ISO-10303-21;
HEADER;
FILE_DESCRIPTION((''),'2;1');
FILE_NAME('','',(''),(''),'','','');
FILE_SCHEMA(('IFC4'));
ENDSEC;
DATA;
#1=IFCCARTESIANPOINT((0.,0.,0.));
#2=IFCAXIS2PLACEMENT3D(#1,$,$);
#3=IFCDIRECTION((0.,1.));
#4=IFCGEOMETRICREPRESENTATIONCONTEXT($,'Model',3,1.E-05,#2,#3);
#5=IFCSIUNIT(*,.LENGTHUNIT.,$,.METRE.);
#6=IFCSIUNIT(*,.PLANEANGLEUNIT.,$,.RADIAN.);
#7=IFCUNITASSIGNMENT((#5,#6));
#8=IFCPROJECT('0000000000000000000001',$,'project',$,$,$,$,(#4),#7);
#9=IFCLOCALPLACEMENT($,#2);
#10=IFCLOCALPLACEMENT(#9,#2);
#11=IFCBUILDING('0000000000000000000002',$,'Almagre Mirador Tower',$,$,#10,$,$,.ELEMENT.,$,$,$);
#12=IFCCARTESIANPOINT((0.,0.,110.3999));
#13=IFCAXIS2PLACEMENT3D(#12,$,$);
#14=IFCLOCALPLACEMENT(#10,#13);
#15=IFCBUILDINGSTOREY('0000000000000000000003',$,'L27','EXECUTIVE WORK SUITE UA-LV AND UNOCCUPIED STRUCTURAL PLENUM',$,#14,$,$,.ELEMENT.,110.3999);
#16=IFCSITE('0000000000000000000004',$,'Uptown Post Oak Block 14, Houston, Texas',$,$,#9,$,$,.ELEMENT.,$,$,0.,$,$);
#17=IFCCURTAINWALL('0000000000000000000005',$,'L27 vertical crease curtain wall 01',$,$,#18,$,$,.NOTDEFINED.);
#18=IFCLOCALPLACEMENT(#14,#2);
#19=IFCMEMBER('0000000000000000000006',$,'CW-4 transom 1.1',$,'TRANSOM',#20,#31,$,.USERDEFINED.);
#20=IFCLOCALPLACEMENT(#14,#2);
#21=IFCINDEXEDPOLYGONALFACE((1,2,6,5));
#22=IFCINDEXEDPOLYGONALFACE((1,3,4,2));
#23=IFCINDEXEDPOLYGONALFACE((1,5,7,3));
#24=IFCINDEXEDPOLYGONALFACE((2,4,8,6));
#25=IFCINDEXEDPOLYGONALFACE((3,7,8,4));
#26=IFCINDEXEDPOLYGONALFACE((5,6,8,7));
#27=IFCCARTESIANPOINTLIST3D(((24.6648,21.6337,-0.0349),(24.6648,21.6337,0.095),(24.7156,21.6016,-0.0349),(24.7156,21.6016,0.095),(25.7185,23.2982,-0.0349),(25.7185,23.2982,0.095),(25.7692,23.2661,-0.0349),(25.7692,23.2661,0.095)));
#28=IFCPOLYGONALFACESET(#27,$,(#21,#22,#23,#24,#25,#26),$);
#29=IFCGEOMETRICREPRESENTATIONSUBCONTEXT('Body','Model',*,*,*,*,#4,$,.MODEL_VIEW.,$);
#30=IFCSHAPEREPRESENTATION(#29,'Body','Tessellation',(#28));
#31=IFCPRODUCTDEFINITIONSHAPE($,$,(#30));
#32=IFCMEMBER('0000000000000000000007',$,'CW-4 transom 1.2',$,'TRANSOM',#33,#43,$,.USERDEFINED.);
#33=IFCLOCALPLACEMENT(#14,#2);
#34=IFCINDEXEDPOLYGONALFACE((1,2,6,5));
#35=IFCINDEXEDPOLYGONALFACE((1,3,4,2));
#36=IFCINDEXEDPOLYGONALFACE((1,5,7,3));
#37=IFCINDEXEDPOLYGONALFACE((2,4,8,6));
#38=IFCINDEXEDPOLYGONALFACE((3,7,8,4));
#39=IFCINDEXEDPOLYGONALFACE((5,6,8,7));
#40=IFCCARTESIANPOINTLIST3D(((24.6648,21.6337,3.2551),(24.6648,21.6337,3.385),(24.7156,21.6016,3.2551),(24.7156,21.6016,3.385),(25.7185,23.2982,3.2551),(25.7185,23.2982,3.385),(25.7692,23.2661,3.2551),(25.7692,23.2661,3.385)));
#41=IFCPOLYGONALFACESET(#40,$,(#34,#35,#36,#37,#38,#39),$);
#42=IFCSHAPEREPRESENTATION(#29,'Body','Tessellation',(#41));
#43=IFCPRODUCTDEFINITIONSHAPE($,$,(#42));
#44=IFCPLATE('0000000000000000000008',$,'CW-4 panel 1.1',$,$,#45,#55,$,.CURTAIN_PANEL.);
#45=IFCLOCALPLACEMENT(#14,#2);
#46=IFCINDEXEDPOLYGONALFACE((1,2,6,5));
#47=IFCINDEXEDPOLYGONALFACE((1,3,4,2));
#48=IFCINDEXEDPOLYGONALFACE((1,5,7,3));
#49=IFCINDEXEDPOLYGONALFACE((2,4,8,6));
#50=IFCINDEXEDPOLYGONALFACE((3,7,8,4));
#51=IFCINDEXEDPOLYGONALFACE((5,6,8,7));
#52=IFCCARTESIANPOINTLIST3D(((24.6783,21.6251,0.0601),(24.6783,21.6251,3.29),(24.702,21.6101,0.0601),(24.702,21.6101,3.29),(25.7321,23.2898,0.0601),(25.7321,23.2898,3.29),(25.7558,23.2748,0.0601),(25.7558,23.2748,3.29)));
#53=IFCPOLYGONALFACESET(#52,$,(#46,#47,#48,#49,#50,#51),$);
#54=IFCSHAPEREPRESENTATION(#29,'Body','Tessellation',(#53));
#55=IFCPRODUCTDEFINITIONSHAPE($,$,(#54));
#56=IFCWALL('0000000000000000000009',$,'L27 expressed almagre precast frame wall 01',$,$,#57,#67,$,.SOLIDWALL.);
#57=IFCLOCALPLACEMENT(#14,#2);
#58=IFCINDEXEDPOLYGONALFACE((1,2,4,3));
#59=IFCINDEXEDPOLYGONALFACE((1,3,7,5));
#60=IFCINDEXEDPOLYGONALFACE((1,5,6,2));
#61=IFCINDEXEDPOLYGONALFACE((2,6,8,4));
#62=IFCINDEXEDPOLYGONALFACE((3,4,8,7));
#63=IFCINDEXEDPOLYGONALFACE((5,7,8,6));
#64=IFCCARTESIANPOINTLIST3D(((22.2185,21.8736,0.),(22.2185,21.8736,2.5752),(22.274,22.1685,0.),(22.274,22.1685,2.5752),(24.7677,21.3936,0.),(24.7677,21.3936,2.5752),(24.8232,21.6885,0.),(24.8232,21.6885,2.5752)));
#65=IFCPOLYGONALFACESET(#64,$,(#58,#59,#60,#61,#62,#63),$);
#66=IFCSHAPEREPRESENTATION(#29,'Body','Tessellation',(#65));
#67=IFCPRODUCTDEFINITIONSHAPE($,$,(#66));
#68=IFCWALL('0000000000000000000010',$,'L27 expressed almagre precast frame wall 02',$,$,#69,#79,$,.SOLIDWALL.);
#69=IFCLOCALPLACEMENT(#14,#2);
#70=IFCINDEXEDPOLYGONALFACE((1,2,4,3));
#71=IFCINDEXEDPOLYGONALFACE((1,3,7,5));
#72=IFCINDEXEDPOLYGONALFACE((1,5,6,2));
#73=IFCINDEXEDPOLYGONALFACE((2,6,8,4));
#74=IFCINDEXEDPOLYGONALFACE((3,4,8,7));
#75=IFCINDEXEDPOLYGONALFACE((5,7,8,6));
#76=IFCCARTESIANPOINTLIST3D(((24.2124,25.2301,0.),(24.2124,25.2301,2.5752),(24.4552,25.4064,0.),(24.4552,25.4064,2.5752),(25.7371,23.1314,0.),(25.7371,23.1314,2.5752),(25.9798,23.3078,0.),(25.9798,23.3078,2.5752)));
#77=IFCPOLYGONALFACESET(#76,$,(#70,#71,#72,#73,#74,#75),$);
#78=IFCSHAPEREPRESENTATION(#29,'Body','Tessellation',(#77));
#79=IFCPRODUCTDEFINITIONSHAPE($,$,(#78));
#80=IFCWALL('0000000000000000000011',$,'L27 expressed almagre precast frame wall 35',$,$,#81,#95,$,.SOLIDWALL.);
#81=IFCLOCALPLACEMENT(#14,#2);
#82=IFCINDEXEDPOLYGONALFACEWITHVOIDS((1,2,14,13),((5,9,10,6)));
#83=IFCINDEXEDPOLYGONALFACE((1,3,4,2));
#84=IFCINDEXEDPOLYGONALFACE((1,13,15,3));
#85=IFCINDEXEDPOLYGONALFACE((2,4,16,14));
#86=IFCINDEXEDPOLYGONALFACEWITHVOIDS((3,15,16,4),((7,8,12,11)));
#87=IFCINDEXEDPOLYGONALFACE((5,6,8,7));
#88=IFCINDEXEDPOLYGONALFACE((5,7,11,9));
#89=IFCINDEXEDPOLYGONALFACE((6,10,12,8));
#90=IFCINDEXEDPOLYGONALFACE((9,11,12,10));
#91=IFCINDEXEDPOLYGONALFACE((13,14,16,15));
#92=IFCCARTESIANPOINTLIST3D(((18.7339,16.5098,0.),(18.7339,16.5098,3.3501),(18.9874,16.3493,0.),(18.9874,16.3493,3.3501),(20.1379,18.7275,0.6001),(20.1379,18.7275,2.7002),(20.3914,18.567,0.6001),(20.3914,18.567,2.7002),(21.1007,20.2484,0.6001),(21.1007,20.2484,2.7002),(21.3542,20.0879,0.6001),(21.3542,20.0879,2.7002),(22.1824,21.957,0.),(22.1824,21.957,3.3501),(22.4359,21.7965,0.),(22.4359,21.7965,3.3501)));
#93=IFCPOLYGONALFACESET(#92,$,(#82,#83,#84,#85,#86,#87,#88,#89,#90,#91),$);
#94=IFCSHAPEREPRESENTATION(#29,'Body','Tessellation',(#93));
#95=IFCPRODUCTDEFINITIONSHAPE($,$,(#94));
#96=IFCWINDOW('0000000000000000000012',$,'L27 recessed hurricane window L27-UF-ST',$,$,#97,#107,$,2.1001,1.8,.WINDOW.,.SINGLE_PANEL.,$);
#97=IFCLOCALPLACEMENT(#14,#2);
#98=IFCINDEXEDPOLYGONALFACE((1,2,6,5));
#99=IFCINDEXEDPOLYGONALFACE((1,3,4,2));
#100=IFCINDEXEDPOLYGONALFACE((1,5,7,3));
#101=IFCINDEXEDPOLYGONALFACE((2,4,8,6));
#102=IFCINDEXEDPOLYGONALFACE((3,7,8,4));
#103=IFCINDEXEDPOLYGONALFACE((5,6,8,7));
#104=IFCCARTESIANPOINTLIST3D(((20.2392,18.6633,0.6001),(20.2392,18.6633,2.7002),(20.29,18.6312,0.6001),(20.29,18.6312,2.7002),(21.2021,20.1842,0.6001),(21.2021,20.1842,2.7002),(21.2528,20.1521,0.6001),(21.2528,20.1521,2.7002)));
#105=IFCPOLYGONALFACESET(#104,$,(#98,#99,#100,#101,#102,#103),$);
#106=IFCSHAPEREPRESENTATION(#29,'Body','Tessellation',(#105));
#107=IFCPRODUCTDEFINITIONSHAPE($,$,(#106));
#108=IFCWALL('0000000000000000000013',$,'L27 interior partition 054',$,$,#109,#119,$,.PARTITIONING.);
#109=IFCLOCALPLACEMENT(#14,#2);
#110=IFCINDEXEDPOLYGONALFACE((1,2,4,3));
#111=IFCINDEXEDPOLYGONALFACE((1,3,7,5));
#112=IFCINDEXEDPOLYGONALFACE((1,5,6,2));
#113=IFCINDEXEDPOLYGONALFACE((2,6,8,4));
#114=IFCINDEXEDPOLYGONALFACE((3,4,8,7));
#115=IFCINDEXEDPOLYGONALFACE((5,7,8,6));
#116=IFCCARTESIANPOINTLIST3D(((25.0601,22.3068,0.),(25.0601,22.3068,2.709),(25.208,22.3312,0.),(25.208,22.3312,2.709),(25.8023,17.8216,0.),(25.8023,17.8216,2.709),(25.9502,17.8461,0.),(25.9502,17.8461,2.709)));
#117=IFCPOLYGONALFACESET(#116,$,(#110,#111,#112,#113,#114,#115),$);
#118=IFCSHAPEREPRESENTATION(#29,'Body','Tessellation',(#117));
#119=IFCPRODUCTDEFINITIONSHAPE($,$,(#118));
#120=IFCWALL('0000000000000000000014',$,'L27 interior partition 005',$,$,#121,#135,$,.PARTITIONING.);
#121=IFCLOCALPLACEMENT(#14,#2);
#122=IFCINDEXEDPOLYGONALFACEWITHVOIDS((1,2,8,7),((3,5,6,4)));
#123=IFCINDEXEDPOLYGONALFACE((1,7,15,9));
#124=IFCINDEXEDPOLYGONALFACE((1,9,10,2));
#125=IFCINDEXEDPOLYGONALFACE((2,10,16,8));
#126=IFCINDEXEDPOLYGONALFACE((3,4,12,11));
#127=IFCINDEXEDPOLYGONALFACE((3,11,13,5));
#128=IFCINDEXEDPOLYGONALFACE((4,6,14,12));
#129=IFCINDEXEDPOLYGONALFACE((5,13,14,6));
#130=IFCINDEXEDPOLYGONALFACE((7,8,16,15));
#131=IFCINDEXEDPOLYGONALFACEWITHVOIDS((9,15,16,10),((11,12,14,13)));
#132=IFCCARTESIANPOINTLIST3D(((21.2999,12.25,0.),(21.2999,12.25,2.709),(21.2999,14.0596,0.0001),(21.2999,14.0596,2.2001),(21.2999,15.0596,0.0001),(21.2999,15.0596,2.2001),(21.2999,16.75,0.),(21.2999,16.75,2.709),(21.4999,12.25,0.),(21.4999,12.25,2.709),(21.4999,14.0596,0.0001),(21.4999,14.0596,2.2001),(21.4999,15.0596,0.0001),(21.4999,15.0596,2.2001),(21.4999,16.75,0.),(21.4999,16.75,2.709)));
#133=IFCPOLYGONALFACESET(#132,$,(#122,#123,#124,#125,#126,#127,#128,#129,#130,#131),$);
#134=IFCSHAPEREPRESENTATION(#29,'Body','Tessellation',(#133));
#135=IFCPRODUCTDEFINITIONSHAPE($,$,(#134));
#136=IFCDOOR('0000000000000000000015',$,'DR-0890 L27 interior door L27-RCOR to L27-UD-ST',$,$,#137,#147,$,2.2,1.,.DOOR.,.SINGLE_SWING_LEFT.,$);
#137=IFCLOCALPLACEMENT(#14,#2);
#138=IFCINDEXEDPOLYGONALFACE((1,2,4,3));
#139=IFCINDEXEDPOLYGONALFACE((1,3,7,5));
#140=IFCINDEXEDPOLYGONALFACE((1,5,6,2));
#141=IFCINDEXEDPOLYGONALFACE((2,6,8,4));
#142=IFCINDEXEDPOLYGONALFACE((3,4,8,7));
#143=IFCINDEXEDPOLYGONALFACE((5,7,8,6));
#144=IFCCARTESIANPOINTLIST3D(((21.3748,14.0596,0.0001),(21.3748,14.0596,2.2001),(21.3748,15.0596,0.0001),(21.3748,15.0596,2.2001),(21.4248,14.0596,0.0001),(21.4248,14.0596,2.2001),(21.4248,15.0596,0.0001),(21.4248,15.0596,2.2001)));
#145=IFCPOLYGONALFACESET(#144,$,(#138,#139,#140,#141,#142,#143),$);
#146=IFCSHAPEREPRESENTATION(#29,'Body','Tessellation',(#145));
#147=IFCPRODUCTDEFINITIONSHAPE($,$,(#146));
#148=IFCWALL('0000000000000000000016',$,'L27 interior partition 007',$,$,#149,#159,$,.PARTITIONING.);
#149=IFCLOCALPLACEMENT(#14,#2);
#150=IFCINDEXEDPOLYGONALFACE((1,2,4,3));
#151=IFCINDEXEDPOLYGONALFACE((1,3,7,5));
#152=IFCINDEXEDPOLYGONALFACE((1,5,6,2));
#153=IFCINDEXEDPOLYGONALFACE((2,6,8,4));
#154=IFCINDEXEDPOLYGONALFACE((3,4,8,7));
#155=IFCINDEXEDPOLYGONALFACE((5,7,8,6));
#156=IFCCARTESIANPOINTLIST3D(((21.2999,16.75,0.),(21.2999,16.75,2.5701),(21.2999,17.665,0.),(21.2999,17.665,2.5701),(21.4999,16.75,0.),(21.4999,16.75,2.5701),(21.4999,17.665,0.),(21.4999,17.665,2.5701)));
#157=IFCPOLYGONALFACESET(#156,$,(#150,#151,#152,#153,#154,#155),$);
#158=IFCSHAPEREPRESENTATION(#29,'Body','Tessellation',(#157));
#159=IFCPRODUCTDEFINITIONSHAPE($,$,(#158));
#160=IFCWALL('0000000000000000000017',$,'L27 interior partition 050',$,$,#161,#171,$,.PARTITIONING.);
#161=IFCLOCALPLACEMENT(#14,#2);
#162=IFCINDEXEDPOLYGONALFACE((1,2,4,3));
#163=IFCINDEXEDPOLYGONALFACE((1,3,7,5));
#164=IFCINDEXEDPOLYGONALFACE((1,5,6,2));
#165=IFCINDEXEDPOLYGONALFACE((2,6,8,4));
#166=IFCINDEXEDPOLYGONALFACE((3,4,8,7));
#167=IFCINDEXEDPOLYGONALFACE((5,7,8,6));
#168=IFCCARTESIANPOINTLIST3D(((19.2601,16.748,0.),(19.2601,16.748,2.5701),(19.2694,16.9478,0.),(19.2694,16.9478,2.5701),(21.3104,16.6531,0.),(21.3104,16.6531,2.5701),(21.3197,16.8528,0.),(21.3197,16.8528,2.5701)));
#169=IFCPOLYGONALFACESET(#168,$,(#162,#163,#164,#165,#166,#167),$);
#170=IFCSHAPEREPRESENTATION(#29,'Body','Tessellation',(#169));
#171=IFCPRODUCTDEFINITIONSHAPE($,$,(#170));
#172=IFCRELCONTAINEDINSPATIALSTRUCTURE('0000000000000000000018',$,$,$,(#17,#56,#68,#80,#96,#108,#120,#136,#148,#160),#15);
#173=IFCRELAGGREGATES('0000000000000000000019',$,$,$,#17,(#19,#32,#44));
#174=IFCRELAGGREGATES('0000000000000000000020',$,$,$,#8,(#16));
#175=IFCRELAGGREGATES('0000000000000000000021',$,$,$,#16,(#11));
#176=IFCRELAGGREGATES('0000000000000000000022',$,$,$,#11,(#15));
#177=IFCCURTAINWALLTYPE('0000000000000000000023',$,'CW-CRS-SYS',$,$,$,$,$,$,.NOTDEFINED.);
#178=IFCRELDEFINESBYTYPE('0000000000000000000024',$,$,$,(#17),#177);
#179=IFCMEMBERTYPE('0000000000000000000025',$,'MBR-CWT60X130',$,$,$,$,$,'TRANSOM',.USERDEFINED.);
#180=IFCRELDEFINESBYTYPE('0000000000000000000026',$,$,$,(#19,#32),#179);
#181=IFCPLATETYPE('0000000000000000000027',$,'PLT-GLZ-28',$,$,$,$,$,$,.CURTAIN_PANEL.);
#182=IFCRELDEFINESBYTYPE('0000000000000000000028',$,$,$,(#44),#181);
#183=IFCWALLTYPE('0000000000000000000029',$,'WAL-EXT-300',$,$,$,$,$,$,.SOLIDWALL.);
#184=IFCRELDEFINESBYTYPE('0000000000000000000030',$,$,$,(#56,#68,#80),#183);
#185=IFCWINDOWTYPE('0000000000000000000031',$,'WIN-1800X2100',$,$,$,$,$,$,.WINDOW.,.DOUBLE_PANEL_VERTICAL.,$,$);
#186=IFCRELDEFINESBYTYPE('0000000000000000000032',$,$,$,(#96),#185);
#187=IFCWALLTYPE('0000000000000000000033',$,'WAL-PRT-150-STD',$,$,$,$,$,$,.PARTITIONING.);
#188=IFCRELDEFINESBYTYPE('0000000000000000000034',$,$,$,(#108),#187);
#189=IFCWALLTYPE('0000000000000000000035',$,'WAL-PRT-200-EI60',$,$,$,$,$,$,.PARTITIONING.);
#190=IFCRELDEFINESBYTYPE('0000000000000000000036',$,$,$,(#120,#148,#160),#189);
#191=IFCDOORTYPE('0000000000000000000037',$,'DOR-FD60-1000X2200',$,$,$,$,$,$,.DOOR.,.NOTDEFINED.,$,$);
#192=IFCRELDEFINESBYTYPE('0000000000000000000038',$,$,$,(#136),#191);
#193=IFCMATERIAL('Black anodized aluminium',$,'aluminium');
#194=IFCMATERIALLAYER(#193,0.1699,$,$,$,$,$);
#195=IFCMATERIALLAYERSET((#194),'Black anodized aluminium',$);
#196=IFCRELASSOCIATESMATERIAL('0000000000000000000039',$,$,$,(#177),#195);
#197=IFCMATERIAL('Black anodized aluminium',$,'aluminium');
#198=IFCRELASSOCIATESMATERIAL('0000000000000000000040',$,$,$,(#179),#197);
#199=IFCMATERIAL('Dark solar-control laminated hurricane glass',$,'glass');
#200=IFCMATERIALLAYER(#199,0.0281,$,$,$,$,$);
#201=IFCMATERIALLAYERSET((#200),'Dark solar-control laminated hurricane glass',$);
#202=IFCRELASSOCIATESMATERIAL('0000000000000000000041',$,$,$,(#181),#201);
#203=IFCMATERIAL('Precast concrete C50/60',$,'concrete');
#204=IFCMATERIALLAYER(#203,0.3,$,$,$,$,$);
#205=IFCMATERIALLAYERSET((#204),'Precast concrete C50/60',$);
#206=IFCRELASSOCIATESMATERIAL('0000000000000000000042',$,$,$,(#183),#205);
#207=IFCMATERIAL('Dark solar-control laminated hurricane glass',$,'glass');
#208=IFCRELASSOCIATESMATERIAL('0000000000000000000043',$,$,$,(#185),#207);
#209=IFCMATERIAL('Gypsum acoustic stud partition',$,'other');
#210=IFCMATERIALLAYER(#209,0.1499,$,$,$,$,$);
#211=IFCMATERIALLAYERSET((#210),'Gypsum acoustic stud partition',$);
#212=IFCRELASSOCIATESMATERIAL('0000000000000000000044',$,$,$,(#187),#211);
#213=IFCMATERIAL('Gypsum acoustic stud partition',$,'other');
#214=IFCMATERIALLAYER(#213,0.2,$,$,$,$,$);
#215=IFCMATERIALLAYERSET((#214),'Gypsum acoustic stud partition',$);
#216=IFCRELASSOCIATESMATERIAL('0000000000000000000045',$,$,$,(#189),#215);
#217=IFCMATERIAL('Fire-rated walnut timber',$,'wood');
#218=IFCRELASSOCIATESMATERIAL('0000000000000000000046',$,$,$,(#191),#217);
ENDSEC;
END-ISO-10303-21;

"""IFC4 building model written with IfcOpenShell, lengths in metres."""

from ifc_helpers import new_model, si_unit, direction, frame, frame_2d, origin, origin_2d, place, context, subcontext, project, spatial, rectangle, extrude, material, layer, layer_set, material_profile, profile_set, type_object, element, fill, aggregate, save


model = new_model("IFC4")

# Units and contexts
model_context = context("Model", 3, precision=1e-05, world=origin(), true_north=direction((0.0, 1.0)))
body_context = subcontext(model_context, "Body", "Model", "MODEL_VIEW")
ifc_project = project(units=[si_unit("LENGTHUNIT", "METRE"), si_unit("PLANEANGLEUNIT", "RADIAN")], contexts=[model_context])

# Site, building, storey
site_placement = place(None, origin())
site = spatial("IfcSite", under=ifc_project, at=site_placement, Name="Uptown Post Oak Block 14, Houston, Texas", CompositionType="ELEMENT", RefElevation=0.0)
building_placement = place(site_placement, origin())
building = spatial("IfcBuilding", under=site, at=building_placement, Name="Almagre Mirador Tower", CompositionType="ELEMENT")
storey_placement = place(building_placement, frame((0.0, 0.0, 110.3999)))
storey = spatial("IfcBuildingStorey", under=building, at=storey_placement, Name="L27", Description="EXECUTIVE WORK SUITE UA-LV AND UNOCCUPIED STRUCTURAL PLENUM", CompositionType="ELEMENT", Elevation=110.3999)

# Curtain wall, members, plate
ifc_material_1 = material(Name="Black anodized aluminium", Category="aluminium")
ifc_layer_1 = layer(ifc_material_1, 0.1699)
ifc_layer_set_1 = layer_set([ifc_layer_1], Name="Black anodized aluminium")
curtain_wall_type = type_object("IfcCurtainWallType", Name="CW-CRS-SYS", PredefinedType="NOTDEFINED", material=ifc_layer_set_1)
curtain_wall_placement = place(storey_placement, origin())
curtain_wall = element("IfcCurtainWall", 1, at=curtain_wall_placement, inside=storey, type_object=curtain_wall_type, Name="L27 vertical crease curtain wall 01", PredefinedType="NOTDEFINED")
ifc_material_2 = material(Name="Black anodized aluminium", Category="aluminium")
ifc_material_profile_1 = material_profile(ifc_material_2, rectangle(XDim=0.0601, YDim=0.1299, at=origin_2d()), Name="CWT60X130")
ifc_profile_set_1 = profile_set([ifc_material_profile_1], Name="Black anodized aluminium")
member_type_1 = type_object("IfcMemberType", Name="MBR-CWT60X130", ElementType="TRANSOM", PredefinedType="USERDEFINED", material=ifc_profile_set_1)
member_1_placement = place(storey_placement, frame((24.6902, 21.6177, 0.03), z_axis=(0.534869, 0.844935, 0.0), x_axis=(-0.844935, 0.534869, 0.0)))
member_1 = element("IfcMember", 2, at=member_1_placement, type_object=member_type_1, Name="CW-4 transom 1.1", ObjectType="TRANSOM", PredefinedType="USERDEFINED", context=body_context, shape_type="SweptSolid", body=[
    extrude(rectangle(XDim=0.0601, YDim=0.1299, at=origin_2d()), origin(), (0.0, 0.0, 1.0), 1.97),
])
member_2_placement = place(storey_placement, frame((24.6902, 21.6177, 3.3201), z_axis=(0.534869, 0.844935, 0.0), x_axis=(-0.844935, 0.534869, 0.0)))
member_2 = element("IfcMember", 3, at=member_2_placement, type_object=member_type_1, Name="CW-4 transom 1.2", ObjectType="TRANSOM", PredefinedType="USERDEFINED", context=body_context, shape_type="SweptSolid", body=[
    extrude(rectangle(XDim=0.0601, YDim=0.1299, at=origin_2d()), origin(), (0.0, 0.0, 1.0), 1.97),
])
ifc_material_3 = material(Name="Dark solar-control laminated hurricane glass", Category="glass")
ifc_layer_2 = layer(ifc_material_3, 0.0281)
ifc_layer_set_2 = layer_set([ifc_layer_2], Name="Dark solar-control laminated hurricane glass")
plate_type = type_object("IfcPlateType", Name="PLT-GLZ-28", PredefinedType="CURTAIN_PANEL", material=ifc_layer_set_2)
plate_placement = place(storey_placement, frame((25.217, 22.45, 0.0601), z_axis=(0.0, 0.0, 1.0), x_axis=(0.534893, 0.84492, 0.0)))
plate = element("IfcPlate", 4, at=plate_placement, type_object=plate_type, Name="CW-4 panel 1.1", PredefinedType="CURTAIN_PANEL", context=body_context, shape_type="SweptSolid", body=[
    extrude(rectangle(XDim=1.9702, YDim=0.0281, at=origin_2d()), origin(), (0.0, 0.0, 1.0), 3.23),
])
aggregate(curtain_wall, [member_1, member_2, plate])

# Walls
ifc_material_4 = material(Name="Precast concrete C50/60", Category="concrete")
ifc_layer_3 = layer(ifc_material_4, 0.3)
ifc_layer_set_3 = layer_set([ifc_layer_3], Name="Precast concrete C50/60")
wall_type_1 = type_object("IfcWallType", Name="WAL-EXT-300", PredefinedType="SOLIDWALL", material=ifc_layer_set_3)
for number, where, z_axis, x_axis, name in (
    (5, (22.2463, 22.021, 0.0), (0.0, 0.0, 1.0), (0.982733, -0.185027, 0.0), "L27 expressed almagre precast frame wall 01"),
    (6, (25.8584, 23.2197, 0.0), (0.0, 0.0, 1.0), (-0.587763, 0.809033, 0.0), "L27 expressed almagre precast frame wall 02"),
):
    element("IfcWall", number, at=place(storey_placement, frame(where, z_axis=z_axis, x_axis=x_axis)), inside=storey, type_object=wall_type_1, Name=name, PredefinedType="SOLIDWALL", context=body_context, shape_type="SweptSolid", body=[
        extrude(rectangle(XDim=2.594, YDim=0.3, at=frame_2d((1.2969, 0.0))), origin(), (0.0, 0.0, 1.0), 2.5752),
    ])

# Wall, opening, window
wall_1_placement = place(storey_placement, frame((18.8606, 16.4294, 0.0), z_axis=(0.0, 0.0, 1.0), x_axis=(0.534892, 0.844921, 0.0)))
wall_1 = element("IfcWall", 7, at=wall_1_placement, inside=storey, type_object=wall_type_1, Name="L27 expressed almagre precast frame wall 35", PredefinedType="SOLIDWALL", context=body_context, shape_type="SweptSolid", body=[
    extrude(rectangle(XDim=6.447, YDim=0.3, at=frame_2d((3.2236, 0.0))), origin(), (0.0, 0.0, 1.0), 3.3501),
])
opening_1_placement = place(wall_1_placement, frame((2.625, 0.0, 0.6001)))
opening_1 = element("IfcOpeningElement", 8, at=opening_1_placement, cuts=wall_1, PredefinedType="OPENING", context=body_context, shape_type="SweptSolid", body=[
    extrude(rectangle(XDim=1.8, YDim=2.1001, at=frame_2d((0.8999, 1.05))), frame((0.0, 0.1599, 0.0), z_axis=(0.0, -1.0, 0.0), x_axis=(1.0, 0.0, 0.0)), (0.0, 0.0, 1.0), 0.32),
])
ifc_material_5 = material(Name="Dark solar-control laminated hurricane glass", Category="glass")
window_type = type_object("IfcWindowType", Name="WIN-1800X2100", PartitioningType="DOUBLE_PANEL_VERTICAL", PredefinedType="WINDOW", material=ifc_material_5)
window_placement = place(opening_1_placement, origin())
window = element("IfcWindow", 9, at=window_placement, inside=storey, type_object=window_type, Name="L27 recessed hurricane window L27-UF-ST", OverallHeight=2.1001, OverallWidth=1.8, PartitioningType="SINGLE_PANEL", PredefinedType="WINDOW", context=body_context, shape_type="SweptSolid", body=[
    extrude(rectangle(XDim=1.8, YDim=2.1001, at=frame_2d((0.8999, 1.05))), frame((0.0, 0.03, 0.0), z_axis=(0.0, -1.0, 0.0), x_axis=(1.0, 0.0, 0.0)), (0.0, 0.0, 1.0), 0.0601),
])
fill(opening_1, window)

# Wall
ifc_material_6 = material(Name="Gypsum acoustic stud partition", Category="other")
ifc_layer_4 = layer(ifc_material_6, 0.1499)
ifc_layer_set_4 = layer_set([ifc_layer_4], Name="Gypsum acoustic stud partition")
wall_type_2 = type_object("IfcWallType", Name="WAL-PRT-150-STD", PredefinedType="PARTITIONING", material=ifc_layer_set_4)
wall_2_placement = place(storey_placement, frame((25.8762, 17.834, 0.0), z_axis=(0.0, 0.0, 1.0), x_axis=(-0.163258, 0.986583, 0.0)))
element("IfcWall", 10, at=wall_2_placement, inside=storey, type_object=wall_type_2, Name="L27 interior partition 054", PredefinedType="PARTITIONING", context=body_context, shape_type="SweptSolid", body=[
    extrude(rectangle(XDim=4.5461, YDim=0.1499, at=frame_2d((2.2729, 0.0))), origin(), (0.0, 0.0, 1.0), 2.709),
])

# Wall, opening, door
ifc_material_7 = material(Name="Gypsum acoustic stud partition", Category="other")
ifc_layer_5 = layer(ifc_material_7, 0.2)
ifc_layer_set_5 = layer_set([ifc_layer_5], Name="Gypsum acoustic stud partition")
wall_type_3 = type_object("IfcWallType", Name="WAL-PRT-200-EI60", PredefinedType="PARTITIONING", material=ifc_layer_set_5)
wall_3_placement = place(storey_placement, frame((21.3999, 16.75, 0.0), z_axis=(0.0, 0.0, 1.0), x_axis=(0.0, -1.0, 0.0)))
wall_3 = element("IfcWall", 11, at=wall_3_placement, inside=storey, type_object=wall_type_3, Name="L27 interior partition 005", PredefinedType="PARTITIONING", context=body_context, shape_type="SweptSolid", body=[
    extrude(rectangle(XDim=4.5, YDim=0.2, at=frame_2d((2.25, 0.0))), origin(), (0.0, 0.0, 1.0), 2.709),
])
opening_2_placement = place(wall_3_placement, frame((1.6904, 0.0, 0.0)))
opening_2 = element("IfcOpeningElement", 12, at=opening_2_placement, cuts=wall_3, PredefinedType="OPENING", context=body_context, shape_type="SweptSolid", body=[
    extrude(rectangle(XDim=1.0, YDim=2.2, at=frame_2d((0.5, 1.1001))), frame((0.0, 0.1101, 0.0), z_axis=(0.0, -1.0, 0.0), x_axis=(1.0, 0.0, 0.0)), (0.0, 0.0, 1.0), 0.22),
])
ifc_material_8 = material(Name="Fire-rated walnut timber", Category="wood")
door_type = type_object("IfcDoorType", Name="DOR-FD60-1000X2200", OperationType="NOTDEFINED", PredefinedType="DOOR", material=ifc_material_8)
door_placement = place(opening_2_placement, origin())
door = element("IfcDoor", 13, at=door_placement, inside=storey, type_object=door_type, Name="DR-0890 L27 interior door L27-RCOR to L27-UD-ST", OperationType="SINGLE_SWING_LEFT", OverallHeight=2.2, OverallWidth=1.0, PredefinedType="DOOR", context=body_context, shape_type="SweptSolid", body=[
    extrude(rectangle(XDim=1.0, YDim=2.2, at=frame_2d((0.5, 1.1001))), frame((0.0, 0.0249, 0.0), z_axis=(0.0, -1.0, 0.0), x_axis=(1.0, 0.0, 0.0)), (0.0, 0.0, 1.0), 0.05),
])
fill(opening_2, door)

# Walls
wall_4_placement = place(storey_placement, frame((21.3999, 17.665, 0.0), z_axis=(0.0, 0.0, 1.0), x_axis=(0.0, -1.0, 0.0)))
element("IfcWall", 14, at=wall_4_placement, inside=storey, type_object=wall_type_3, Name="L27 interior partition 007", PredefinedType="PARTITIONING", context=body_context, shape_type="SweptSolid", body=[
    extrude(rectangle(XDim=0.915, YDim=0.2, at=frame_2d((0.4575, 0.0))), origin(), (0.0, 0.0, 1.0), 2.5701),
])
wall_5_placement = place(storey_placement, frame((21.3152, 16.7529, 0.0), z_axis=(0.0, 0.0, 1.0), x_axis=(-0.998929, 0.046271, 0.0)))
element("IfcWall", 15, at=wall_5_placement, inside=storey, type_object=wall_type_3, Name="L27 interior partition 050", PredefinedType="PARTITIONING", context=body_context, shape_type="SweptSolid", body=[
    extrude(rectangle(XDim=2.0525, YDim=0.2, at=frame_2d((1.0264, 0.0))), origin(), (0.0, 0.0, 1.0), 2.5701),
])

save(model, "model.ifc")
